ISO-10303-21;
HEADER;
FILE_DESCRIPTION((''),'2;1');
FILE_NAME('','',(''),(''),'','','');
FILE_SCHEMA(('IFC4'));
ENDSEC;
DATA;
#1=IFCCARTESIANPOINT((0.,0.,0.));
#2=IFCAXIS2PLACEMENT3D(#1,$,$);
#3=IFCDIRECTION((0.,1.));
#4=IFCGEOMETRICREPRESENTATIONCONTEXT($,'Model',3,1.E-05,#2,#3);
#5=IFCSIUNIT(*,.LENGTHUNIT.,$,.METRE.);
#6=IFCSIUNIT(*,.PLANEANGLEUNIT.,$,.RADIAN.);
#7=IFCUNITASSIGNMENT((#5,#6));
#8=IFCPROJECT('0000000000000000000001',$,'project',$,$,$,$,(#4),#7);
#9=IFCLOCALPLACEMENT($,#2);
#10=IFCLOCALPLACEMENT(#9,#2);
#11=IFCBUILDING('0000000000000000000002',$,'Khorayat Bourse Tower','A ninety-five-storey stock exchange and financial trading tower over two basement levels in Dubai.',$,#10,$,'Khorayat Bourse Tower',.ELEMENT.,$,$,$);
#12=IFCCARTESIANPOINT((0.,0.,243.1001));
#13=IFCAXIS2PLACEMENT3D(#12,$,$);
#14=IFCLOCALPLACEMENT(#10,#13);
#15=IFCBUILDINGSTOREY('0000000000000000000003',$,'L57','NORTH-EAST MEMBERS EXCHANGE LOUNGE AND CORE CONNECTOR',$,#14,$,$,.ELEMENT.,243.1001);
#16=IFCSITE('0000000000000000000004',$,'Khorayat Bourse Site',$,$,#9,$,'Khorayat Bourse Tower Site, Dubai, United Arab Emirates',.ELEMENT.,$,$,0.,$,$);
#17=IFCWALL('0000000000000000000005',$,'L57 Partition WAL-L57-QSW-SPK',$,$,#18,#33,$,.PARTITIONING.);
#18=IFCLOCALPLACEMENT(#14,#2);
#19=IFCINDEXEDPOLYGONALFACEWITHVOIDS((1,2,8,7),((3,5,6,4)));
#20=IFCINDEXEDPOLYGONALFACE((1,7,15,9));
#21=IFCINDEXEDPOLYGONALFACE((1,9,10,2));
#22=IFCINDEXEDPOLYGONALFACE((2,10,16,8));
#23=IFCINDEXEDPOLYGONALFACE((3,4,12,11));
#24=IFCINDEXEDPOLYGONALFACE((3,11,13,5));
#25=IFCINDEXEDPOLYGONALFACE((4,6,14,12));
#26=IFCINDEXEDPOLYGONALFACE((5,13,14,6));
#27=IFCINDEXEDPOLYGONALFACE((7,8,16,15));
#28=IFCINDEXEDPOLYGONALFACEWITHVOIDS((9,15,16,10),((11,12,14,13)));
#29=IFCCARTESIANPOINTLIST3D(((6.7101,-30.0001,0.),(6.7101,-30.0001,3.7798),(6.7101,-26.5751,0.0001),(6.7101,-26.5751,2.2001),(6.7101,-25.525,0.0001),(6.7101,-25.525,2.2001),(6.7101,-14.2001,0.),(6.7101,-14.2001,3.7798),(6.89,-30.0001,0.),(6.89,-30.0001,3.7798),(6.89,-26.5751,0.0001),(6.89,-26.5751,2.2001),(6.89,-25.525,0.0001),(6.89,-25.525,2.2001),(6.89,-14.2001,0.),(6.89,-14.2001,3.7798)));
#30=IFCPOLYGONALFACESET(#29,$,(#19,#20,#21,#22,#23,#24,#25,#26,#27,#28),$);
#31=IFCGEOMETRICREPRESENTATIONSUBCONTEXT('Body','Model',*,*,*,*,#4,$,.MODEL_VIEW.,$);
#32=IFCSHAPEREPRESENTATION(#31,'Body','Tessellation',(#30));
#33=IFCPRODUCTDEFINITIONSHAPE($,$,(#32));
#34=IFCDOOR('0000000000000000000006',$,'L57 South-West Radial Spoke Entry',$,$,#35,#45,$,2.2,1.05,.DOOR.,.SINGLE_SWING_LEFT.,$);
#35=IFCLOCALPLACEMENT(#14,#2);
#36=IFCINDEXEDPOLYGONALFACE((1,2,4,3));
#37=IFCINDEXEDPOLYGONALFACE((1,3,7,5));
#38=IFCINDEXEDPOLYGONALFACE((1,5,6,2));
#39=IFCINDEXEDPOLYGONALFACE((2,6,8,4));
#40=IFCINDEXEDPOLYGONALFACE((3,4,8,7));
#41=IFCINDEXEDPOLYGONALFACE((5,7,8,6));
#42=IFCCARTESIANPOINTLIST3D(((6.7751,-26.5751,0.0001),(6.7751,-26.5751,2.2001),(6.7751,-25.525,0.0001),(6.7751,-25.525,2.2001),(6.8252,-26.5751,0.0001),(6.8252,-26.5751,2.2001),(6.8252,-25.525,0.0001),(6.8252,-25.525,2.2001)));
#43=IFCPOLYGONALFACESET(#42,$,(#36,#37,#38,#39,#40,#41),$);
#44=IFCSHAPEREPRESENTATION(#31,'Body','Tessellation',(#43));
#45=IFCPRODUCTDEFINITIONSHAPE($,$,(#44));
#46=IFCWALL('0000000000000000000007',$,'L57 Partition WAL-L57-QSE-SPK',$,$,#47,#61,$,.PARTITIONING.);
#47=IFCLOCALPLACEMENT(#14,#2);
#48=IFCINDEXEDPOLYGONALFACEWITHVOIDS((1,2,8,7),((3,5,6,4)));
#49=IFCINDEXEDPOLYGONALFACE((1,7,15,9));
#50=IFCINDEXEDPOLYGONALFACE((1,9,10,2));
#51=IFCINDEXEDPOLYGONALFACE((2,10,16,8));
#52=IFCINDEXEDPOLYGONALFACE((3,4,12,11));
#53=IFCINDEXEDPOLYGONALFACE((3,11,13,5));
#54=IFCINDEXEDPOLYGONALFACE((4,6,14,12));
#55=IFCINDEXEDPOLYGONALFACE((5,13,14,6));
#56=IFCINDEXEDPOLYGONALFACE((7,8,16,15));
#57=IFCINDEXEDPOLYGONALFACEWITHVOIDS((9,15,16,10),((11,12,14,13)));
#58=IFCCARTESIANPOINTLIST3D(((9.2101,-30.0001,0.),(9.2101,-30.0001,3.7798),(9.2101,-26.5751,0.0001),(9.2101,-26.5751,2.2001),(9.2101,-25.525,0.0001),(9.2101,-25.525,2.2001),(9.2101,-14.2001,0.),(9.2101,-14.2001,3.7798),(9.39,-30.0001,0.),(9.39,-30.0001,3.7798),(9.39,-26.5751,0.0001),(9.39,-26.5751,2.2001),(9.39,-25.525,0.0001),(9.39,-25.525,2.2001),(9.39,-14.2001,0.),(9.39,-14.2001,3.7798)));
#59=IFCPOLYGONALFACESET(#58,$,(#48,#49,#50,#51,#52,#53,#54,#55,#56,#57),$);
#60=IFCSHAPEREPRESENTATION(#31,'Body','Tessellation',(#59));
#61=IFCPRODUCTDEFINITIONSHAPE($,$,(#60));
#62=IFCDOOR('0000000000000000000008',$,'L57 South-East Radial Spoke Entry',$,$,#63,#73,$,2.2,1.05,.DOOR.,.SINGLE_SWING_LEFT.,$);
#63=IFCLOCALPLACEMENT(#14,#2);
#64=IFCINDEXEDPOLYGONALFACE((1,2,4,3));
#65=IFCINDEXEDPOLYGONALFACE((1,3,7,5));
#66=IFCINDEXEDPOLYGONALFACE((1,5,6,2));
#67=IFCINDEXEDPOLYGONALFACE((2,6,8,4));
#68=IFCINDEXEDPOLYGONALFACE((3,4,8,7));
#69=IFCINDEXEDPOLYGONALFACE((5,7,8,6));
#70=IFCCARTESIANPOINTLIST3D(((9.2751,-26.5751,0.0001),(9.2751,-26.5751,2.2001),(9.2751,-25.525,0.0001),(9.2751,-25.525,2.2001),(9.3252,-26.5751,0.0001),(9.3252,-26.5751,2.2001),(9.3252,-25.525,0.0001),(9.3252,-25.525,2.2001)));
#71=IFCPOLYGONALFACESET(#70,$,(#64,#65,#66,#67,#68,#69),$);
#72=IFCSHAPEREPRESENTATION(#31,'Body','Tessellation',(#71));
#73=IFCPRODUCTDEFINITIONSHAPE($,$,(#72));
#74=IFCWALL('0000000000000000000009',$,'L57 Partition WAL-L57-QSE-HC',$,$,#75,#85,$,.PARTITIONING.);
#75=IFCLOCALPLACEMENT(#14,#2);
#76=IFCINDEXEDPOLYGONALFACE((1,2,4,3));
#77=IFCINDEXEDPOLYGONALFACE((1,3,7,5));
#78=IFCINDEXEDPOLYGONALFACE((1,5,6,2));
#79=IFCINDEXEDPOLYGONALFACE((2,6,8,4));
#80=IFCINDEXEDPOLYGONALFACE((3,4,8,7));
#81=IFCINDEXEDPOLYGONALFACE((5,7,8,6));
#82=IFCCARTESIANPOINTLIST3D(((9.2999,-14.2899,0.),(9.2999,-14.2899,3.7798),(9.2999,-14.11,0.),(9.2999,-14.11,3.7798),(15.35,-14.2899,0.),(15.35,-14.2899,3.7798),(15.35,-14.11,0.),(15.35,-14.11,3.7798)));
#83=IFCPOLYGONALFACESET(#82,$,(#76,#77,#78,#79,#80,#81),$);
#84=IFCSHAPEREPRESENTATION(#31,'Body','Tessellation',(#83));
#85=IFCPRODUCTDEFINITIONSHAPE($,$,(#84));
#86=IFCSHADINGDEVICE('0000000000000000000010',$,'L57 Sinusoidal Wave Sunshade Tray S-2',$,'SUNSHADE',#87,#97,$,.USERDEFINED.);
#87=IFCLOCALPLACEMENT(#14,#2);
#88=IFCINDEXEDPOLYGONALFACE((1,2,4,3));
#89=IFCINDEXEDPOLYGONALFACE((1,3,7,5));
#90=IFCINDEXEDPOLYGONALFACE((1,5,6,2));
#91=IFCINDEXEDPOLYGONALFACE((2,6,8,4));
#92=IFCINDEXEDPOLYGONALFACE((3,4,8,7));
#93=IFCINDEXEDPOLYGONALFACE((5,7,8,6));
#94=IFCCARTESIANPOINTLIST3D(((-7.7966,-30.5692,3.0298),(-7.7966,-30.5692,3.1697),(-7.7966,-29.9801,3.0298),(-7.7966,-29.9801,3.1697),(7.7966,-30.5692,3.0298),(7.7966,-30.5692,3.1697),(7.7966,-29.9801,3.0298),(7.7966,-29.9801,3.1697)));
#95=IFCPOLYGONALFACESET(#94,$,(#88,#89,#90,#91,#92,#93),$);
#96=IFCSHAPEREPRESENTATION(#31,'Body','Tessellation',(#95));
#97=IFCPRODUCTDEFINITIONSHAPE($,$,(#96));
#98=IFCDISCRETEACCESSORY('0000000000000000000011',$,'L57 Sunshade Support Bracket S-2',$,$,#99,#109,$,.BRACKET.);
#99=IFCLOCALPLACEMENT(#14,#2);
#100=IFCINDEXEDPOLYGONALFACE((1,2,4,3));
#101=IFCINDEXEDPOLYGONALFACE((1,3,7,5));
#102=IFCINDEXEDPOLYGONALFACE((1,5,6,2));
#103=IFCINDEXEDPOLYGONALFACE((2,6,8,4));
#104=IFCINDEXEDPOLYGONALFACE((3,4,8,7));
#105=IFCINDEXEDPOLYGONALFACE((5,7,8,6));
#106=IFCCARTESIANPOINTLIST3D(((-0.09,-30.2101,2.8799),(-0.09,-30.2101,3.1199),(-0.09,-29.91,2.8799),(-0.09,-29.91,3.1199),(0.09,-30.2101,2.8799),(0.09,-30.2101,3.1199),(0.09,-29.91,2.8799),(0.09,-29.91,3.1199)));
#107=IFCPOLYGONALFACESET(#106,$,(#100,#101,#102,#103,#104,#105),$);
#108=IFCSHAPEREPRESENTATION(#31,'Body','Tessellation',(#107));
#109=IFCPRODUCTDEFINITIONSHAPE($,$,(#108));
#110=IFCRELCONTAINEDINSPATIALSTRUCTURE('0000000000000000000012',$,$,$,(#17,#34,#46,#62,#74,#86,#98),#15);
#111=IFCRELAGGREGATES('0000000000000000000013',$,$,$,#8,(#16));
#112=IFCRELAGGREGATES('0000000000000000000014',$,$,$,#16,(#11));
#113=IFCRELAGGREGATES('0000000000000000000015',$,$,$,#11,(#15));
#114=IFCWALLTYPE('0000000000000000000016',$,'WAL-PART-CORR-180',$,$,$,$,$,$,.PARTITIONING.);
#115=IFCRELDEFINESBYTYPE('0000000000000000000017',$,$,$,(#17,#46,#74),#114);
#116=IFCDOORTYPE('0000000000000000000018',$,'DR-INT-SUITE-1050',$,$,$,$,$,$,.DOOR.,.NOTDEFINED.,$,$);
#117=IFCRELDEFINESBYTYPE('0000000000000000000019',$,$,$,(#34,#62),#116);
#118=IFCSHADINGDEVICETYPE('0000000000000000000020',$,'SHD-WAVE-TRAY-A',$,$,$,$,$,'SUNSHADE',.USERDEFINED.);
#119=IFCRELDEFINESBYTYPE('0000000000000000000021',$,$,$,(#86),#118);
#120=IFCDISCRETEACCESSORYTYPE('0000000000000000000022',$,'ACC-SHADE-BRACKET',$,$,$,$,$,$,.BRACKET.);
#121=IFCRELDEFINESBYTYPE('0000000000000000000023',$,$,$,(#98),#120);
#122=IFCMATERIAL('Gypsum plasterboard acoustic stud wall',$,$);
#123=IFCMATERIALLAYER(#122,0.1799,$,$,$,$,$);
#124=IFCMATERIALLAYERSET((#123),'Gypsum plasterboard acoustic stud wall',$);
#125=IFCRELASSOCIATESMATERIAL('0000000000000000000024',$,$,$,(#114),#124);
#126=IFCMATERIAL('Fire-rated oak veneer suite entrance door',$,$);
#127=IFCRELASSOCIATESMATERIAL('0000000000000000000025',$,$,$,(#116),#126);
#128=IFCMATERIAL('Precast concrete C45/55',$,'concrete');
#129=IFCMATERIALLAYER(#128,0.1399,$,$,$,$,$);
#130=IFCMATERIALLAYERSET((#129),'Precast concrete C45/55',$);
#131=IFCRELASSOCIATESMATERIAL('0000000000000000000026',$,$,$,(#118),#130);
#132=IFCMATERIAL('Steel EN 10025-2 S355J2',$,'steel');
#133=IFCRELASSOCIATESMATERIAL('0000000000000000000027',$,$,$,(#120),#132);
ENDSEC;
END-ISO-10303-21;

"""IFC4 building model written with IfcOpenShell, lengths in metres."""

from ifc_helpers import new_model, si_unit, direction, frame, frame_2d, origin, origin_2d, place, context, subcontext, project, spatial, rectangle, extrude, source, transform, mapped, material, layer, layer_set, type_object, element, fill, save


model = new_model("IFC4")

# Units and contexts
model_context = context("Model", 3, precision=1e-05, world=origin(), true_north=direction((0.0, 1.0)))
body_context = subcontext(model_context, "Body", "Model", "MODEL_VIEW")
ifc_project = project(units=[si_unit("LENGTHUNIT", "METRE"), si_unit("PLANEANGLEUNIT", "RADIAN")], contexts=[model_context])

# Site, building, storey
site_placement = place(None, origin())
site = spatial("IfcSite", under=ifc_project, at=site_placement, Name="Khorayat Bourse Site", LongName="Khorayat Bourse Tower Site, Dubai, United Arab Emirates", CompositionType="ELEMENT", RefElevation=0.0)
building_placement = place(site_placement, origin())
building = spatial("IfcBuilding", under=site, at=building_placement, Name="Khorayat Bourse Tower", Description="A ninety-five-storey stock exchange and financial trading tower over two basement levels in Dubai.", LongName="Khorayat Bourse Tower", CompositionType="ELEMENT")
storey_placement = place(building_placement, frame((0.0, 0.0, 243.1001)))
storey = spatial("IfcBuildingStorey", under=building, at=storey_placement, Name="L57", Description="NORTH-EAST MEMBERS EXCHANGE LOUNGE AND CORE CONNECTOR", CompositionType="ELEMENT", Elevation=243.1001)

# Shared definitions
ifc_material_1 = material(Name="Steel EN 10025-2 S355J2", Category="steel")

# Shared definitions
ifc_material_2 = material(Name="Gypsum plasterboard acoustic stud wall")
ifc_layer_1 = layer(ifc_material_2, 0.1799)
ifc_layer_set_1 = layer_set([ifc_layer_1], Name="Gypsum plasterboard acoustic stud wall")
wall_type = type_object("IfcWallType", Name="WAL-PART-CORR-180", PredefinedType="PARTITIONING", material=ifc_layer_set_1)

# Walls, openings, doors
shared_shape_1 = source(origin(), body_context, "Body", "SweptSolid", [
    extrude(rectangle(XDim=15.8, YDim=0.1799, at=frame_2d((7.8999, 0.0))), origin(), (0.0, 0.0, 1.0), 3.7798),
])
wall_1_placement = place(storey_placement, frame((6.8, -30.0, 0.0), z_axis=(0.0, 0.0, 1.0), x_axis=(0.0, 1.0, 0.0)))
wall_1 = element("IfcWall", 1, at=wall_1_placement, inside=storey, type_object=wall_type, Name="L57 Partition WAL-L57-QSW-SPK", PredefinedType="PARTITIONING", context=body_context, shape_type="MappedRepresentation", body=[
    mapped(shared_shape_1, transform((0.0, 0.0, 0.0), scale=1.0)),
])
shared_shape_2 = source(origin(), body_context, "Body", "SweptSolid", [
    extrude(rectangle(XDim=1.05, YDim=2.2, at=frame_2d((0.5249, 1.1001))), frame((0.0, 0.0999, 0.0), z_axis=(0.0, -1.0, 0.0), x_axis=(1.0, 0.0, 0.0)), (0.0, 0.0, 1.0), 0.2),
])
opening_1_placement = place(wall_1_placement, frame((3.425, 0.0, 0.0)))
opening_1 = element("IfcOpeningElement", 2, at=opening_1_placement, cuts=wall_1, PredefinedType="OPENING", context=body_context, shape_type="MappedRepresentation", body=[
    mapped(shared_shape_2, transform((0.0, 0.0, 0.0), scale=1.0)),
])
ifc_material_3 = material(Name="Fire-rated oak veneer suite entrance door")
door_type = type_object("IfcDoorType", Name="DR-INT-SUITE-1050", OperationType="NOTDEFINED", PredefinedType="DOOR", material=ifc_material_3)
shared_shape_3 = source(origin(), body_context, "Body", "SweptSolid", [
    extrude(rectangle(XDim=1.05, YDim=2.2, at=frame_2d((0.5249, 1.1001))), frame((0.0, 0.0249, 0.0), z_axis=(0.0, -1.0, 0.0), x_axis=(1.0, 0.0, 0.0)), (0.0, 0.0, 1.0), 0.05),
])
door_1_placement = place(opening_1_placement, origin())
door_1 = element("IfcDoor", 3, at=door_1_placement, inside=storey, type_object=door_type, Name="L57 South-West Radial Spoke Entry", OperationType="SINGLE_SWING_LEFT", OverallHeight=2.2, OverallWidth=1.05, PredefinedType="DOOR", context=body_context, shape_type="MappedRepresentation", body=[
    mapped(shared_shape_3, transform((0.0, 0.0, 0.0), scale=1.0)),
])
fill(opening_1, door_1)
wall_2_placement = place(storey_placement, frame((9.3, -30.0, 0.0), z_axis=(0.0, 0.0, 1.0), x_axis=(0.0, 1.0, 0.0)))
wall_2 = element("IfcWall", 4, at=wall_2_placement, inside=storey, type_object=wall_type, Name="L57 Partition WAL-L57-QSE-SPK", PredefinedType="PARTITIONING", context=body_context, shape_type="MappedRepresentation", body=[
    mapped(shared_shape_1, transform((0.0, 0.0, 0.0), scale=1.0)),
])
opening_2_placement = place(wall_2_placement, frame((3.425, 0.0, 0.0)))
opening_2 = element("IfcOpeningElement", 5, at=opening_2_placement, cuts=wall_2, PredefinedType="OPENING", context=body_context, shape_type="MappedRepresentation", body=[
    mapped(shared_shape_2, transform((0.0, 0.0, 0.0), scale=1.0)),
])
door_2_placement = place(opening_2_placement, origin())
door_2 = element("IfcDoor", 6, at=door_2_placement, inside=storey, type_object=door_type, Name="L57 South-East Radial Spoke Entry", OperationType="SINGLE_SWING_LEFT", OverallHeight=2.2, OverallWidth=1.05, PredefinedType="DOOR", context=body_context, shape_type="MappedRepresentation", body=[
    mapped(shared_shape_3, transform((0.0, 0.0, 0.0), scale=1.0)),
])
fill(opening_2, door_2)

# Wall
shared_shape_4 = source(origin(), body_context, "Body", "SweptSolid", [
    extrude(rectangle(XDim=6.05, YDim=0.1799, at=frame_2d((3.0249, 0.0))), origin(), (0.0, 0.0, 1.0), 3.7798),
])
wall_3_placement = place(storey_placement, frame((9.3, -14.2, 0.0), z_axis=(0.0, 0.0, 1.0), x_axis=(1.0, 0.0, 0.0)))
element("IfcWall", 7, at=wall_3_placement, inside=storey, type_object=wall_type, Name="L57 Partition WAL-L57-QSE-HC", PredefinedType="PARTITIONING", context=body_context, shape_type="MappedRepresentation", body=[
    mapped(shared_shape_4, transform((0.0, 0.0, 0.0), scale=1.0)),
])

# Shading device
ifc_material_4 = material(Name="Precast concrete C45/55", Category="concrete")
ifc_layer_2 = layer(ifc_material_4, 0.1399)
ifc_layer_set_2 = layer_set([ifc_layer_2], Name="Precast concrete C45/55")
shading_device_type = type_object("IfcShadingDeviceType", Name="SHD-WAVE-TRAY-A", ElementType="SUNSHADE", PredefinedType="USERDEFINED", material=ifc_layer_set_2)
shared_shape_5 = source(origin(), body_context, "Body", "SweptSolid", [
    extrude(rectangle(XDim=15.5933, YDim=0.5891, at=origin_2d()), origin(), (0.0, 0.0, 1.0), 0.1399),
])
shading_device_placement = place(storey_placement, frame((0.0, -30.2747, 3.0298), z_axis=(0.0, 0.0, 1.0), x_axis=(1.0, 0.0, 0.0)))
element("IfcShadingDevice", 8, at=shading_device_placement, inside=storey, type_object=shading_device_type, Name="L57 Sinusoidal Wave Sunshade Tray S-2", ObjectType="SUNSHADE", PredefinedType="USERDEFINED", context=body_context, shape_type="MappedRepresentation", body=[
    mapped(shared_shape_5, transform((0.0, 0.0, 0.0), scale=1.0)),
])

# Discrete accessory
discrete_accessory_type = type_object("IfcDiscreteAccessoryType", Name="ACC-SHADE-BRACKET", PredefinedType="BRACKET", material=ifc_material_1)
shared_shape_6 = source(origin(), body_context, "Body", "SweptSolid", [
    extrude(rectangle(XDim=0.1799, YDim=0.3, at=origin_2d()), origin(), (0.0, 0.0, 1.0), 0.24),
])
discrete_accessory_placement = place(storey_placement, frame((0.0, -30.0601, 2.8799), z_axis=(0.0, 0.0, 1.0), x_axis=(1.0, 0.0, 0.0)))
element("IfcDiscreteAccessory", 9, at=discrete_accessory_placement, inside=storey, type_object=discrete_accessory_type, Name="L57 Sunshade Support Bracket S-2", PredefinedType="BRACKET", context=body_context, shape_type="MappedRepresentation", body=[
    mapped(shared_shape_6, transform((0.0, 0.0, 0.0), scale=1.0)),
])

save(model, "model.ifc")
